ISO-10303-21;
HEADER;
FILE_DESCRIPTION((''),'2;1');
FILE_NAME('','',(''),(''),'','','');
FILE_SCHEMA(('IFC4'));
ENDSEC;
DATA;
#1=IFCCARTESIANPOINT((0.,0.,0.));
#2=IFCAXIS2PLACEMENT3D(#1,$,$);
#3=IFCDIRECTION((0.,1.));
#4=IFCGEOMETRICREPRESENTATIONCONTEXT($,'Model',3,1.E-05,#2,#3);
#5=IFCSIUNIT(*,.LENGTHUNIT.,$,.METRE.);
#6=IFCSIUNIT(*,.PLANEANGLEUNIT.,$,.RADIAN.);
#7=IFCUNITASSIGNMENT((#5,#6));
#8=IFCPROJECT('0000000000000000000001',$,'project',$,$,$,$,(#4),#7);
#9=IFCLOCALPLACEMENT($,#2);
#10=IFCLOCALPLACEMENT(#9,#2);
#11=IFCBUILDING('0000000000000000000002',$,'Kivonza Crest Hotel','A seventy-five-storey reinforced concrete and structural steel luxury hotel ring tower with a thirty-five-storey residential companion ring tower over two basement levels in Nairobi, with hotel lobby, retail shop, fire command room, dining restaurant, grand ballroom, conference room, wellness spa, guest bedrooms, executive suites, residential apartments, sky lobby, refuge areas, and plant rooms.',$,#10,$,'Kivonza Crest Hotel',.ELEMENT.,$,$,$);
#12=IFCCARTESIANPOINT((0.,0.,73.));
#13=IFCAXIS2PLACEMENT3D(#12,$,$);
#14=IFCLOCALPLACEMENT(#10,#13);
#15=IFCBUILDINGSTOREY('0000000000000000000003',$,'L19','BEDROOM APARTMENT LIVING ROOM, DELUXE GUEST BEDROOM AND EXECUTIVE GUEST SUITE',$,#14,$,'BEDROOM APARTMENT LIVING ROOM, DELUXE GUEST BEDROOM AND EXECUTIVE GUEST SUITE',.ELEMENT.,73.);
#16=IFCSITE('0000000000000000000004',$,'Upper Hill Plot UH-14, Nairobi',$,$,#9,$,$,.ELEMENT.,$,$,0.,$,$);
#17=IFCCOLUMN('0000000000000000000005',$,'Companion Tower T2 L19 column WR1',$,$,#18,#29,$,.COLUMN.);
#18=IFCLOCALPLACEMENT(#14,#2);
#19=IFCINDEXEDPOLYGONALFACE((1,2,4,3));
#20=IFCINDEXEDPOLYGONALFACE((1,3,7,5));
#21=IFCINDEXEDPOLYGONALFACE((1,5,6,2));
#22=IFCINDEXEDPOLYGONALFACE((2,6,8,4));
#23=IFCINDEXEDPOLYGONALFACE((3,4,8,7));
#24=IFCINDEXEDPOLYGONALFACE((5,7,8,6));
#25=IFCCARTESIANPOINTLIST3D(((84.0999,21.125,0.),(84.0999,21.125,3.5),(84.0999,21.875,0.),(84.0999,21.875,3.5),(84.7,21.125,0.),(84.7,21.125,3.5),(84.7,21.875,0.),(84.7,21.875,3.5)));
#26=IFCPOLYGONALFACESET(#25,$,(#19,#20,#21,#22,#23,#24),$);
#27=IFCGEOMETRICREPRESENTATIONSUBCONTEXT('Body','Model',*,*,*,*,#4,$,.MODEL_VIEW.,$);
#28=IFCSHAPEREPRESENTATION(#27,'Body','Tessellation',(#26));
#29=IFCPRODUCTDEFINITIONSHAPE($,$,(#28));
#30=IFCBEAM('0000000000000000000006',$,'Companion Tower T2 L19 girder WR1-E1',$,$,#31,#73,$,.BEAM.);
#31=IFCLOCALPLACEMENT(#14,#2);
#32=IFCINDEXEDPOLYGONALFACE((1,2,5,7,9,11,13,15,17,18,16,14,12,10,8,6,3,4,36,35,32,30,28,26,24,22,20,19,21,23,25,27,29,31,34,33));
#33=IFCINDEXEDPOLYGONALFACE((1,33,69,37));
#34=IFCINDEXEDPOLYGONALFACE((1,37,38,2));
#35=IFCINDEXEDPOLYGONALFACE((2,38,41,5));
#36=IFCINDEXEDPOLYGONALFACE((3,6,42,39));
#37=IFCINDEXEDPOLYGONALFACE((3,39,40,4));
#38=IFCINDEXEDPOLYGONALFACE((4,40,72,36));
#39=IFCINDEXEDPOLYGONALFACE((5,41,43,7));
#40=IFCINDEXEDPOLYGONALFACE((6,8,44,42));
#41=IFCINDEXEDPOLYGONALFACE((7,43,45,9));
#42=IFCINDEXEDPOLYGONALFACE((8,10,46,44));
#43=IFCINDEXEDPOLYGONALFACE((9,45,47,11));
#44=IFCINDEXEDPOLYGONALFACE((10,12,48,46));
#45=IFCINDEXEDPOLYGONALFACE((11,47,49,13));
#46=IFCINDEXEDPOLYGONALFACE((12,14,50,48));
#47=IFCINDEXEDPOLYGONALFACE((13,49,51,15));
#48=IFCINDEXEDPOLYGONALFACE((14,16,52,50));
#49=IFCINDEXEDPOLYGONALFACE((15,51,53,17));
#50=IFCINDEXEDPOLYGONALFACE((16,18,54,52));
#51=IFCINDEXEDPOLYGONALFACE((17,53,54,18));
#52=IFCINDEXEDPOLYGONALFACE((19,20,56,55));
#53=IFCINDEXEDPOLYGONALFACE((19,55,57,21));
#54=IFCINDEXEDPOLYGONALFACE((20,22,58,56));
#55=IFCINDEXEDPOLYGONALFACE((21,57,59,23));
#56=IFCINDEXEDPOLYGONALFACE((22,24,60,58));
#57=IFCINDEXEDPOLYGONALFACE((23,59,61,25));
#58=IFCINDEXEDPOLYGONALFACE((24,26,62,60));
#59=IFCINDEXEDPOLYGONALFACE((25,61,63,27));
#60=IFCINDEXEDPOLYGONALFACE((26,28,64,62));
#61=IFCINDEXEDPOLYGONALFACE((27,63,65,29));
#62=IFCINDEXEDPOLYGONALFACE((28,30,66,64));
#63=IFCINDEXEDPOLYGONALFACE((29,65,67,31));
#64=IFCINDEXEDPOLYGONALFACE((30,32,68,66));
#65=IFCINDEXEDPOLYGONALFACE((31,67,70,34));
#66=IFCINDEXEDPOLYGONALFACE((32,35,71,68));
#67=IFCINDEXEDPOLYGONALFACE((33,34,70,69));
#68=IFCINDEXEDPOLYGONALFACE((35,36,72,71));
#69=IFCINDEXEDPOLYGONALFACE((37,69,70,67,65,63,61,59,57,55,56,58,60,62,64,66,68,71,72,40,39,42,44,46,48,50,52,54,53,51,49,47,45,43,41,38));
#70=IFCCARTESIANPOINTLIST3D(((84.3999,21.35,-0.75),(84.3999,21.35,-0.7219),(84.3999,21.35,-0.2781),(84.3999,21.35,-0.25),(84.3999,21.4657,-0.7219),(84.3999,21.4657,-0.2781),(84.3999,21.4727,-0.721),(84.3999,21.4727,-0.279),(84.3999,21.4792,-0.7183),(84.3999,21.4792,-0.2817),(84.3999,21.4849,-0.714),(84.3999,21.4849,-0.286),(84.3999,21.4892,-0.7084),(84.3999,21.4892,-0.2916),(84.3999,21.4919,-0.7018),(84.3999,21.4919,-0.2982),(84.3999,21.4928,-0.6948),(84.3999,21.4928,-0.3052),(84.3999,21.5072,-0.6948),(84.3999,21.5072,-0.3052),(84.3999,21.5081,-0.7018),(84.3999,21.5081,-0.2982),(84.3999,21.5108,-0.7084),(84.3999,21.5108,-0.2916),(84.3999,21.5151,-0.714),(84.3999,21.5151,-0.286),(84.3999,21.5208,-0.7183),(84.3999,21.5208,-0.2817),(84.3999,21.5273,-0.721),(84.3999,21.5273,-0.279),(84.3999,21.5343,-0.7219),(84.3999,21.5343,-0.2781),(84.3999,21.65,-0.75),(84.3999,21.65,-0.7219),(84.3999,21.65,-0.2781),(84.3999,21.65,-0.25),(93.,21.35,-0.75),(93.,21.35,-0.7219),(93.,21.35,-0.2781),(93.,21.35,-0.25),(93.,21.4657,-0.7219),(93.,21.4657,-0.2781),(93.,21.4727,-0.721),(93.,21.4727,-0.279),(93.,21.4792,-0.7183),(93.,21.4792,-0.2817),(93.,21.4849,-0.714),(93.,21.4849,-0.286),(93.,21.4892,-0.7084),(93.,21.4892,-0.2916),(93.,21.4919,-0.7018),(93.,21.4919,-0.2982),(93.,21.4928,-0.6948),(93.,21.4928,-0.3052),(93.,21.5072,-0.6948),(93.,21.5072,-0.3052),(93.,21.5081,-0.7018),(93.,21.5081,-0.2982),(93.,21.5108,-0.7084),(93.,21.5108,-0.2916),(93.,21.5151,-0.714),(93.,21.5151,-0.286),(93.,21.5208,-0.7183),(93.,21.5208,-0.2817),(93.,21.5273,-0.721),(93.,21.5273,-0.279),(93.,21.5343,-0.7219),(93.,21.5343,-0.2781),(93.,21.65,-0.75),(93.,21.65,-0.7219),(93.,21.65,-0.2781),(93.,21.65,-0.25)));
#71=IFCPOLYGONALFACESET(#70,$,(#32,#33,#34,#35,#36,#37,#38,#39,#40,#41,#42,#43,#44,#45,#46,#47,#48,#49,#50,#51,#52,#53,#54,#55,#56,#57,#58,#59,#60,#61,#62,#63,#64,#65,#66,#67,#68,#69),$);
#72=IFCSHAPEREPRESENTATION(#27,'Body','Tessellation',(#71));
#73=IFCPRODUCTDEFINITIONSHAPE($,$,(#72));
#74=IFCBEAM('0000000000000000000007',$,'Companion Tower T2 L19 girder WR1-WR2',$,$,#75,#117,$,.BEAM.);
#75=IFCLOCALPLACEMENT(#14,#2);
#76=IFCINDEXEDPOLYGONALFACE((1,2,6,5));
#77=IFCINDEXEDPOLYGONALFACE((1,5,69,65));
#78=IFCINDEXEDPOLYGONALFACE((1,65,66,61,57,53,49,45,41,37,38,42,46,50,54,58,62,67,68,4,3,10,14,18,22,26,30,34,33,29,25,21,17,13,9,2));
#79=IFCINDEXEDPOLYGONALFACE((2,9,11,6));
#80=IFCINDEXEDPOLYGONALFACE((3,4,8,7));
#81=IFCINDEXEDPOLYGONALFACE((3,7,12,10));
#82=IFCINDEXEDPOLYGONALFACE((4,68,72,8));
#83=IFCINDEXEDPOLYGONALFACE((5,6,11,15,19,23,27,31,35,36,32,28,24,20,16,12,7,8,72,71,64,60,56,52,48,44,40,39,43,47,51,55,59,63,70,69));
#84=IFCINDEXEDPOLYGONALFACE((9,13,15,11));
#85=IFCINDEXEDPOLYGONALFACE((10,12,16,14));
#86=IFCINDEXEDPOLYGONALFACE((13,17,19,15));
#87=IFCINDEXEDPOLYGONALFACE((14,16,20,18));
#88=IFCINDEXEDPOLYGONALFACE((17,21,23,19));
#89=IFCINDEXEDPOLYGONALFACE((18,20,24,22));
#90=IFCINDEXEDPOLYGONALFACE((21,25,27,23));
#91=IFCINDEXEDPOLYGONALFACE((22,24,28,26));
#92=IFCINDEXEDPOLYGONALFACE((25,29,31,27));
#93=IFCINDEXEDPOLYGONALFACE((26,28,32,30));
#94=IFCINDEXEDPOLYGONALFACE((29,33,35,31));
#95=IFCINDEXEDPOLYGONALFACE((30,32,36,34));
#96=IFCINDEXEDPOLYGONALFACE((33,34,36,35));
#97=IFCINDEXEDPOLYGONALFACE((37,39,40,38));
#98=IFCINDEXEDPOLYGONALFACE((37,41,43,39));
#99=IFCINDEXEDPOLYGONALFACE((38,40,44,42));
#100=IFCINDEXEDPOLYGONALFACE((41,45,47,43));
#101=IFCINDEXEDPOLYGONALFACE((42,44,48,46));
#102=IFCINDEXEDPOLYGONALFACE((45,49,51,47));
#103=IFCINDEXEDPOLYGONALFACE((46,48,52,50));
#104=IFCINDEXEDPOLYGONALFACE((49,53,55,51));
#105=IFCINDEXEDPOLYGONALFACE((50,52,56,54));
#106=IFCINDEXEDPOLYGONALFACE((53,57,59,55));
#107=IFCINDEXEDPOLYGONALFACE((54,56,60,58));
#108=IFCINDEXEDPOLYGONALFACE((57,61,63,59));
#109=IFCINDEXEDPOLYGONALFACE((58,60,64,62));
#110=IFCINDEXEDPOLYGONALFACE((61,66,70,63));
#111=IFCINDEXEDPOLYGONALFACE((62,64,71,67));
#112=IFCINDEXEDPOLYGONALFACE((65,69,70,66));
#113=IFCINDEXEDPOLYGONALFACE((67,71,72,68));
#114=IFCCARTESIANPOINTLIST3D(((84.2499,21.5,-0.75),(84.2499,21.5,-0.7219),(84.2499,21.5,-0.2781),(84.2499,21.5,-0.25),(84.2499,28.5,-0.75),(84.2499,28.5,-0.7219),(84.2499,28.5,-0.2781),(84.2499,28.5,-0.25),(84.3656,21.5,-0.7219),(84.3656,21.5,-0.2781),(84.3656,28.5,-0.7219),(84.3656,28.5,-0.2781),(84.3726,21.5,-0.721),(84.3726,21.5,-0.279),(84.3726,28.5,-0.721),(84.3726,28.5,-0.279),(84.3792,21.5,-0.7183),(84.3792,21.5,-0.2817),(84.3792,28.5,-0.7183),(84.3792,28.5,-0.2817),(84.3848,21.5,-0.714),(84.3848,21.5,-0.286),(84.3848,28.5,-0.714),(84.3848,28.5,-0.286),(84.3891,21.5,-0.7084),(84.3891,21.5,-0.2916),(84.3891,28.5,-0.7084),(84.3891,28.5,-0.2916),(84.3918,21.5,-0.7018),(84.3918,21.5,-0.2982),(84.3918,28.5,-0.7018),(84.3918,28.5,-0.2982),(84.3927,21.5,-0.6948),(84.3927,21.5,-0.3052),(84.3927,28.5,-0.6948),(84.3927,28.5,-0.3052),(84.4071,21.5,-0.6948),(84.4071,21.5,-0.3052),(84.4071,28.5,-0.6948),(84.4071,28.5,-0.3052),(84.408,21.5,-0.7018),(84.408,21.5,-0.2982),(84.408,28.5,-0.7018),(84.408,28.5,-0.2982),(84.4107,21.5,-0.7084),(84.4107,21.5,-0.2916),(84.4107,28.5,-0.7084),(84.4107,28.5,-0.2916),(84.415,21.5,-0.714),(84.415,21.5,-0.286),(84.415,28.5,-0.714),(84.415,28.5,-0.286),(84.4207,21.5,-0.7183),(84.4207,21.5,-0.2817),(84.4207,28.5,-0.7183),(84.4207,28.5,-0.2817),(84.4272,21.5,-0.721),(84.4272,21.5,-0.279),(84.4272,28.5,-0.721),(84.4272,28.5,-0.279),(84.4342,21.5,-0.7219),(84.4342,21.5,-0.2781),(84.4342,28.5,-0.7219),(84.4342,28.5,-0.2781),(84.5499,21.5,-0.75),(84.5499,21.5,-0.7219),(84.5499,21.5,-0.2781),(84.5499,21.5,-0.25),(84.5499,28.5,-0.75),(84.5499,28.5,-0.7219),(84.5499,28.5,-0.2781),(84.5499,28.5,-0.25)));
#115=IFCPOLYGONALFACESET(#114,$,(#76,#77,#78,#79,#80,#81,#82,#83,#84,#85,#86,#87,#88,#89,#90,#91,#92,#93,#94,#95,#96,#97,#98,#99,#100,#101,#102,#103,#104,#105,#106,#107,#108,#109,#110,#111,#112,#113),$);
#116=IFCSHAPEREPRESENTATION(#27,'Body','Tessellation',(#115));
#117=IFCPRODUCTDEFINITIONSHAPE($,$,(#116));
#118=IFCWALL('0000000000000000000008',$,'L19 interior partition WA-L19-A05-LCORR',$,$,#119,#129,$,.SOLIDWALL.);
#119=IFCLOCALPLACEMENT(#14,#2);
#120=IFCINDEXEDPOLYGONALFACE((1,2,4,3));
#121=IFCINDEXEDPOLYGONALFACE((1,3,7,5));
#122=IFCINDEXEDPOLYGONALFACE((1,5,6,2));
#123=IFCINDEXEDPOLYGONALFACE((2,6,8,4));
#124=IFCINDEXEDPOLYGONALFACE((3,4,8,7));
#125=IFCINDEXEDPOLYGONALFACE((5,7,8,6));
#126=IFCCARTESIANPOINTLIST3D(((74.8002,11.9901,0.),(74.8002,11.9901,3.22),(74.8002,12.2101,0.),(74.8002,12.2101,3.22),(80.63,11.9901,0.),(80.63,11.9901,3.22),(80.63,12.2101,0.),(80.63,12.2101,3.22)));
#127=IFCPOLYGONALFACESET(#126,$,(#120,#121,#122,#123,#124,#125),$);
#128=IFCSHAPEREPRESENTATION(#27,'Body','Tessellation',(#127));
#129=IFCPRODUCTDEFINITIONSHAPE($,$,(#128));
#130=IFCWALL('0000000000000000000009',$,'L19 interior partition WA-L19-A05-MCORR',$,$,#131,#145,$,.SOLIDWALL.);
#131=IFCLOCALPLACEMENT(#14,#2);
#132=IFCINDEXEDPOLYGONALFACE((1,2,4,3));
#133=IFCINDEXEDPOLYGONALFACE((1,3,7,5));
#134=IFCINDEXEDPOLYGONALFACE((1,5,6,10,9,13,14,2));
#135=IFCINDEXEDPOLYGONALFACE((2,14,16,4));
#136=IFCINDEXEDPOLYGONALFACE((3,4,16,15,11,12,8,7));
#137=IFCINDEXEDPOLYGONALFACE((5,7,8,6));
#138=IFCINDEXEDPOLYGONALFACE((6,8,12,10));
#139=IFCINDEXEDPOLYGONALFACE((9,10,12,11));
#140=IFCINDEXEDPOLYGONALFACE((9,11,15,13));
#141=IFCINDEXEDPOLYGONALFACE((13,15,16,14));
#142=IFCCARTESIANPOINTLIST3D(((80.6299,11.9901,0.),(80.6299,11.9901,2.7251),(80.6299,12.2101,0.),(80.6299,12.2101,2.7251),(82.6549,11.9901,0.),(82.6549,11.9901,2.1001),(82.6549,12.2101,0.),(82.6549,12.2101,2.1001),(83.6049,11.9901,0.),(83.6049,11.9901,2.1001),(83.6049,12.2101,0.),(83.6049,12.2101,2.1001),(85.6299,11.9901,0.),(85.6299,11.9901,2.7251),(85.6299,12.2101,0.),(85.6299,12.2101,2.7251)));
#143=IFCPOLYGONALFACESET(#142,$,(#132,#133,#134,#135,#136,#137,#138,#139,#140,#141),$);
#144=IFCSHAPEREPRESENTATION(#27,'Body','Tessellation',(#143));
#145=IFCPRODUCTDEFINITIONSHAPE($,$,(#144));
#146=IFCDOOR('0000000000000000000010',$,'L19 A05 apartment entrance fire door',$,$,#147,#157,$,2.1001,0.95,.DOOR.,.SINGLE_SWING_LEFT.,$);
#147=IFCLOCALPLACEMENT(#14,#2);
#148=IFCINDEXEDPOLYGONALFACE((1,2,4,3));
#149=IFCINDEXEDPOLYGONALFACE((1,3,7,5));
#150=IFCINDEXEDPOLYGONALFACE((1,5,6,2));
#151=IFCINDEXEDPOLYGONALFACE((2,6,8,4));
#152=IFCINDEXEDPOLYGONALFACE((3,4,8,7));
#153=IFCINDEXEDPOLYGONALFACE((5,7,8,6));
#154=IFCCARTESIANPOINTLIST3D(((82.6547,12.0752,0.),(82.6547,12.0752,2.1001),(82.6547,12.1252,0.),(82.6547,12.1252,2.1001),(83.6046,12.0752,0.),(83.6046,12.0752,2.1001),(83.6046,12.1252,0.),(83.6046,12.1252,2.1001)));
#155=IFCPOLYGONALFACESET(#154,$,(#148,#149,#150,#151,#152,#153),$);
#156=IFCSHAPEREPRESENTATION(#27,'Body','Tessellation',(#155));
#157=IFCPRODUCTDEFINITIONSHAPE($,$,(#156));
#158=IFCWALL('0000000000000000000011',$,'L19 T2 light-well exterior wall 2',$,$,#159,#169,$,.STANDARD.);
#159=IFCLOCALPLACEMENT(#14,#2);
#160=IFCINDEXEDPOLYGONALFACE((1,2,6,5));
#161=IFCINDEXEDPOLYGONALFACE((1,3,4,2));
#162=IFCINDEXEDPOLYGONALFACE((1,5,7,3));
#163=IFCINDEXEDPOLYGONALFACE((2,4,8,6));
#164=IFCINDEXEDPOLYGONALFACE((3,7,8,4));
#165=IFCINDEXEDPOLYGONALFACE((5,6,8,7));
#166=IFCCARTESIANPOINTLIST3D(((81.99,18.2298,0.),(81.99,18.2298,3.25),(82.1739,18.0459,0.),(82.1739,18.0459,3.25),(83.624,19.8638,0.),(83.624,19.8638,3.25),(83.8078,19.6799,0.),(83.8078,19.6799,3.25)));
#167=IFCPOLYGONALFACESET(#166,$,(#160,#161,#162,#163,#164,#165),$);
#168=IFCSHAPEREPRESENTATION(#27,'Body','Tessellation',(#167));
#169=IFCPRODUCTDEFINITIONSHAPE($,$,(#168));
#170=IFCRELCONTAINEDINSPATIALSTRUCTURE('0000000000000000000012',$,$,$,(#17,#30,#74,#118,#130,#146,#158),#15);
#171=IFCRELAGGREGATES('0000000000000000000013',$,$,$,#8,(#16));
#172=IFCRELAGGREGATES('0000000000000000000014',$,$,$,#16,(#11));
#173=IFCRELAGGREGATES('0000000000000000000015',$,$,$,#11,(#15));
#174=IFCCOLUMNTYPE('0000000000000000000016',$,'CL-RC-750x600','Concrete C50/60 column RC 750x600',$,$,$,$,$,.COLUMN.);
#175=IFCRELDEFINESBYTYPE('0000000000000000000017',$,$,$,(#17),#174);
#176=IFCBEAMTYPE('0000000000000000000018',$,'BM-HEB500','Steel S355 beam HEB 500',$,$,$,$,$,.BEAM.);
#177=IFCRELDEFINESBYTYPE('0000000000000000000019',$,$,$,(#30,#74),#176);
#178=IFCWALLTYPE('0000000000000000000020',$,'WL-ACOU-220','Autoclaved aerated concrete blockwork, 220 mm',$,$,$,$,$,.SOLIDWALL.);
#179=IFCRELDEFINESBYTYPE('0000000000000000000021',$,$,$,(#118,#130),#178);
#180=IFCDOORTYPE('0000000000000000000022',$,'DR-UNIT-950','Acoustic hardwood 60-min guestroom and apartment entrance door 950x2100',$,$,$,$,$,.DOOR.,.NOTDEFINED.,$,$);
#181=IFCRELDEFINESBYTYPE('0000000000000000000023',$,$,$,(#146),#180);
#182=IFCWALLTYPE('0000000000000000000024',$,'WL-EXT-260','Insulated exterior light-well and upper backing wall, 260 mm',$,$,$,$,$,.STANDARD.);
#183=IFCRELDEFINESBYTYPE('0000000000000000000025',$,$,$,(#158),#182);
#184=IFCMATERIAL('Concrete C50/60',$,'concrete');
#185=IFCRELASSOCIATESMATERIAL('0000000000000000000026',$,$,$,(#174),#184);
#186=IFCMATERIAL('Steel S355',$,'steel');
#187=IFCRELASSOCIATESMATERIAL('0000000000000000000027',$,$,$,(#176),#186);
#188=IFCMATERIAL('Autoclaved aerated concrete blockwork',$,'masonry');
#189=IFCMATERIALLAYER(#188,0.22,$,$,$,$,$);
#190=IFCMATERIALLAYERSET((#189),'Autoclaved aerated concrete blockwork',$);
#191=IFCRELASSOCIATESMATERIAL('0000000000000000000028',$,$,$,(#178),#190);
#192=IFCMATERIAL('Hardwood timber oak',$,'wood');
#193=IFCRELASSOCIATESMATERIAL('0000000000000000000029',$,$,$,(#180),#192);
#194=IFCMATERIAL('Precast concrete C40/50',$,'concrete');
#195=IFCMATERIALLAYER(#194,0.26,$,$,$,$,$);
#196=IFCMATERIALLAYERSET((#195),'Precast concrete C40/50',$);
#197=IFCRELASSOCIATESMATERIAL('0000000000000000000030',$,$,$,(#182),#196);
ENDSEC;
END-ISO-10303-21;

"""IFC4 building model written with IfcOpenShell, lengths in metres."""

from ifc_helpers import new_model, si_unit, direction, frame, frame_2d, origin, origin_2d, place, context, subcontext, project, spatial, rectangle, i_section, extrude, material, layer, layer_set, material_profile, profile_set, type_object, element, fill, save


model = new_model("IFC4")

# Units and contexts
model_context = context("Model", 3, precision=1e-05, world=origin(), true_north=direction((0.0, 1.0)))
body_context = subcontext(model_context, "Body", "Model", "MODEL_VIEW")
ifc_project = project(units=[si_unit("LENGTHUNIT", "METRE"), si_unit("PLANEANGLEUNIT", "RADIAN")], contexts=[model_context])

# Site, building, storey
site_placement = place(None, origin())
site = spatial("IfcSite", under=ifc_project, at=site_placement, Name="Upper Hill Plot UH-14, Nairobi", CompositionType="ELEMENT", RefElevation=0.0)
building_placement = place(site_placement, origin())
building = spatial("IfcBuilding", under=site, at=building_placement, Name="Kivonza Crest Hotel", Description="A seventy-five-storey reinforced concrete and structural steel luxury hotel ring tower with a thirty-five-storey residential companion ring tower over two basement levels in Nairobi, with hotel lobby, retail shop, fire command room, dining restaurant, grand ballroom, conference room, wellness spa, guest bedrooms, executive suites, residential apartments, sky lobby, refuge areas, and plant rooms.", LongName="Kivonza Crest Hotel", CompositionType="ELEMENT")
storey_placement = place(building_placement, frame((0.0, 0.0, 73.0)))
storey = spatial("IfcBuildingStorey", under=building, at=storey_placement, Name="L19", Description="BEDROOM APARTMENT LIVING ROOM, DELUXE GUEST BEDROOM AND EXECUTIVE GUEST SUITE", LongName="BEDROOM APARTMENT LIVING ROOM, DELUXE GUEST BEDROOM AND EXECUTIVE GUEST SUITE", CompositionType="ELEMENT", Elevation=73.0)

# Column
ifc_material_1 = material(Name="Concrete C50/60", Category="concrete")
ifc_material_profile_1 = material_profile(ifc_material_1, rectangle(XDim=0.6001, YDim=0.75, at=origin_2d()), Name="RC 750x600")
ifc_profile_set_1 = profile_set([ifc_material_profile_1], Name="Concrete C50/60")
column_type = type_object("IfcColumnType", Name="CL-RC-750x600", Description="Concrete C50/60 column RC 750x600", PredefinedType="COLUMN", material=ifc_profile_set_1)
column_placement = place(storey_placement, frame((84.3999, 21.5, 0.0), z_axis=(0.0, 0.0, 1.0), x_axis=(1.0, 0.0, 0.0)))
element("IfcColumn", 1, at=column_placement, inside=storey, type_object=column_type, Name="Companion Tower T2 L19 column WR1", PredefinedType="COLUMN", context=body_context, shape_type="SweptSolid", body=[
    extrude(rectangle(XDim=0.6001, YDim=0.75, at=origin_2d()), origin(), (0.0, 0.0, 1.0), 3.5),
])

# Beams
ifc_material_2 = material(Name="Steel S355", Category="steel")
ifc_material_profile_2 = material_profile(ifc_material_2, i_section(OverallWidth=0.3, OverallDepth=0.5, WebThickness=0.0144, FlangeThickness=0.0281, FilletRadius=0.0271, at=origin_2d()), Name="HEB 500")
ifc_profile_set_2 = profile_set([ifc_material_profile_2], Name="Steel S355")
beam_type = type_object("IfcBeamType", Name="BM-HEB500", Description="Steel S355 beam HEB 500", PredefinedType="BEAM", material=ifc_profile_set_2)
beam_1_placement = place(storey_placement, frame((84.3999, 21.5, -0.5), z_axis=(1.0, 0.0, 0.0), x_axis=(0.0, 1.0, 0.0)))
element("IfcBeam", 2, at=beam_1_placement, inside=storey, type_object=beam_type, Name="Companion Tower T2 L19 girder WR1-E1", PredefinedType="BEAM", context=body_context, shape_type="SweptSolid", body=[
    extrude(i_section(OverallWidth=0.3, OverallDepth=0.5, WebThickness=0.0144, FlangeThickness=0.0281, FilletRadius=0.0271, at=origin_2d()), origin(), (0.0, 0.0, 1.0), 8.6001),
])
beam_2_placement = place(storey_placement, frame((84.3999, 21.5, -0.5), z_axis=(0.0, 1.0, 0.0), x_axis=(-1.0, 0.0, 0.0)))
element("IfcBeam", 3, at=beam_2_placement, inside=storey, type_object=beam_type, Name="Companion Tower T2 L19 girder WR1-WR2", PredefinedType="BEAM", context=body_context, shape_type="SweptSolid", body=[
    extrude(i_section(OverallWidth=0.3, OverallDepth=0.5, WebThickness=0.0144, FlangeThickness=0.0281, FilletRadius=0.0271, at=origin_2d()), origin(), (0.0, 0.0, 1.0), 7.0),
])

# Wall
ifc_material_3 = material(Name="Autoclaved aerated concrete blockwork", Category="masonry")
ifc_layer_1 = layer(ifc_material_3, 0.22)
ifc_layer_set_1 = layer_set([ifc_layer_1], Name="Autoclaved aerated concrete blockwork")
wall_type_1 = type_object("IfcWallType", Name="WL-ACOU-220", Description="Autoclaved aerated concrete blockwork, 220 mm", PredefinedType="SOLIDWALL", material=ifc_layer_set_1)
wall_1_placement = place(storey_placement, frame((74.8, 12.1001, 0.0), z_axis=(0.0, 0.0, 1.0), x_axis=(1.0, 0.0, 0.0)))
element("IfcWall", 4, at=wall_1_placement, inside=storey, type_object=wall_type_1, Name="L19 interior partition WA-L19-A05-LCORR", PredefinedType="SOLIDWALL", context=body_context, shape_type="SweptSolid", body=[
    extrude(rectangle(XDim=5.8298, YDim=0.22, at=frame_2d((2.915, 0.0))), origin(), (0.0, 0.0, 1.0), 3.22),
])

# Wall, opening, door
wall_2_placement = place(storey_placement, frame((80.6299, 12.1001, 0.0), z_axis=(0.0, 0.0, 1.0), x_axis=(1.0, 0.0, 0.0)))
wall_2 = element("IfcWall", 5, at=wall_2_placement, inside=storey, type_object=wall_type_1, Name="L19 interior partition WA-L19-A05-MCORR", PredefinedType="SOLIDWALL", context=body_context, shape_type="SweptSolid", body=[
    extrude(rectangle(XDim=5.0, YDim=0.22, at=frame_2d((2.5, 0.0))), origin(), (0.0, 0.0, 1.0), 2.7251),
])
opening_1_placement = place(wall_2_placement, frame((2.0249, 0.0, 0.0)))
opening_1 = element("IfcOpeningElement", 6, at=opening_1_placement, cuts=wall_2, PredefinedType="OPENING", context=body_context, shape_type="SweptSolid", body=[
    extrude(rectangle(XDim=0.95, YDim=2.1001, at=frame_2d((0.4751, 1.05))), frame((0.0, 0.1201, 0.0), z_axis=(0.0, -1.0, 0.0), x_axis=(1.0, 0.0, 0.0)), (0.0, 0.0, 1.0), 0.24),
])
ifc_material_4 = material(Name="Hardwood timber oak", Category="wood")
door_type_1 = type_object("IfcDoorType", Name="DR-UNIT-950", Description="Acoustic hardwood 60-min guestroom and apartment entrance door 950x2100", OperationType="NOTDEFINED", PredefinedType="DOOR", material=ifc_material_4)
door_1_placement = place(opening_1_placement, frame((0.95, 0.0, 0.0), z_axis=(0.0, 0.0, 1.0), x_axis=(-1.0, 0.0, 0.0)))
door_1 = element("IfcDoor", 7, at=door_1_placement, inside=storey, type_object=door_type_1, Name="L19 A05 apartment entrance fire door", OperationType="SINGLE_SWING_LEFT", OverallHeight=2.1001, OverallWidth=0.95, PredefinedType="DOOR", context=body_context, shape_type="SweptSolid", body=[
    extrude(rectangle(XDim=0.95, YDim=2.1001, at=frame_2d((0.4751, 1.05))), frame((0.0, 0.0249, 0.0), z_axis=(0.0, -1.0, 0.0), x_axis=(1.0, 0.0, 0.0)), (0.0, 0.0, 1.0), 0.05),
])
fill(opening_1, door_1)

# Wall
ifc_material_5 = material(Name="Precast concrete C40/50", Category="concrete")
ifc_layer_2 = layer(ifc_material_5, 0.26)
ifc_layer_set_2 = layer_set([ifc_layer_2], Name="Precast concrete C40/50")
wall_type_2 = type_object("IfcWallType", Name="WL-EXT-260", Description="Insulated exterior light-well and upper backing wall, 260 mm", PredefinedType="STANDARD", material=ifc_layer_set_2)
wall_3_placement = place(storey_placement, frame((82.082, 18.1379, 0.0), z_axis=(0.0, 0.0, 1.0), x_axis=(0.707107, 0.707107, 0.0)))
element("IfcWall", 8, at=wall_3_placement, inside=storey, type_object=wall_type_2, Name="L19 T2 light-well exterior wall 2", PredefinedType="STANDARD", context=body_context, shape_type="SweptSolid", body=[
    extrude(rectangle(XDim=2.3108, YDim=0.26, at=frame_2d((1.1553, 0.0))), origin(), (0.0, 0.0, 1.0), 3.25),
])

save(model, "model.ifc")
